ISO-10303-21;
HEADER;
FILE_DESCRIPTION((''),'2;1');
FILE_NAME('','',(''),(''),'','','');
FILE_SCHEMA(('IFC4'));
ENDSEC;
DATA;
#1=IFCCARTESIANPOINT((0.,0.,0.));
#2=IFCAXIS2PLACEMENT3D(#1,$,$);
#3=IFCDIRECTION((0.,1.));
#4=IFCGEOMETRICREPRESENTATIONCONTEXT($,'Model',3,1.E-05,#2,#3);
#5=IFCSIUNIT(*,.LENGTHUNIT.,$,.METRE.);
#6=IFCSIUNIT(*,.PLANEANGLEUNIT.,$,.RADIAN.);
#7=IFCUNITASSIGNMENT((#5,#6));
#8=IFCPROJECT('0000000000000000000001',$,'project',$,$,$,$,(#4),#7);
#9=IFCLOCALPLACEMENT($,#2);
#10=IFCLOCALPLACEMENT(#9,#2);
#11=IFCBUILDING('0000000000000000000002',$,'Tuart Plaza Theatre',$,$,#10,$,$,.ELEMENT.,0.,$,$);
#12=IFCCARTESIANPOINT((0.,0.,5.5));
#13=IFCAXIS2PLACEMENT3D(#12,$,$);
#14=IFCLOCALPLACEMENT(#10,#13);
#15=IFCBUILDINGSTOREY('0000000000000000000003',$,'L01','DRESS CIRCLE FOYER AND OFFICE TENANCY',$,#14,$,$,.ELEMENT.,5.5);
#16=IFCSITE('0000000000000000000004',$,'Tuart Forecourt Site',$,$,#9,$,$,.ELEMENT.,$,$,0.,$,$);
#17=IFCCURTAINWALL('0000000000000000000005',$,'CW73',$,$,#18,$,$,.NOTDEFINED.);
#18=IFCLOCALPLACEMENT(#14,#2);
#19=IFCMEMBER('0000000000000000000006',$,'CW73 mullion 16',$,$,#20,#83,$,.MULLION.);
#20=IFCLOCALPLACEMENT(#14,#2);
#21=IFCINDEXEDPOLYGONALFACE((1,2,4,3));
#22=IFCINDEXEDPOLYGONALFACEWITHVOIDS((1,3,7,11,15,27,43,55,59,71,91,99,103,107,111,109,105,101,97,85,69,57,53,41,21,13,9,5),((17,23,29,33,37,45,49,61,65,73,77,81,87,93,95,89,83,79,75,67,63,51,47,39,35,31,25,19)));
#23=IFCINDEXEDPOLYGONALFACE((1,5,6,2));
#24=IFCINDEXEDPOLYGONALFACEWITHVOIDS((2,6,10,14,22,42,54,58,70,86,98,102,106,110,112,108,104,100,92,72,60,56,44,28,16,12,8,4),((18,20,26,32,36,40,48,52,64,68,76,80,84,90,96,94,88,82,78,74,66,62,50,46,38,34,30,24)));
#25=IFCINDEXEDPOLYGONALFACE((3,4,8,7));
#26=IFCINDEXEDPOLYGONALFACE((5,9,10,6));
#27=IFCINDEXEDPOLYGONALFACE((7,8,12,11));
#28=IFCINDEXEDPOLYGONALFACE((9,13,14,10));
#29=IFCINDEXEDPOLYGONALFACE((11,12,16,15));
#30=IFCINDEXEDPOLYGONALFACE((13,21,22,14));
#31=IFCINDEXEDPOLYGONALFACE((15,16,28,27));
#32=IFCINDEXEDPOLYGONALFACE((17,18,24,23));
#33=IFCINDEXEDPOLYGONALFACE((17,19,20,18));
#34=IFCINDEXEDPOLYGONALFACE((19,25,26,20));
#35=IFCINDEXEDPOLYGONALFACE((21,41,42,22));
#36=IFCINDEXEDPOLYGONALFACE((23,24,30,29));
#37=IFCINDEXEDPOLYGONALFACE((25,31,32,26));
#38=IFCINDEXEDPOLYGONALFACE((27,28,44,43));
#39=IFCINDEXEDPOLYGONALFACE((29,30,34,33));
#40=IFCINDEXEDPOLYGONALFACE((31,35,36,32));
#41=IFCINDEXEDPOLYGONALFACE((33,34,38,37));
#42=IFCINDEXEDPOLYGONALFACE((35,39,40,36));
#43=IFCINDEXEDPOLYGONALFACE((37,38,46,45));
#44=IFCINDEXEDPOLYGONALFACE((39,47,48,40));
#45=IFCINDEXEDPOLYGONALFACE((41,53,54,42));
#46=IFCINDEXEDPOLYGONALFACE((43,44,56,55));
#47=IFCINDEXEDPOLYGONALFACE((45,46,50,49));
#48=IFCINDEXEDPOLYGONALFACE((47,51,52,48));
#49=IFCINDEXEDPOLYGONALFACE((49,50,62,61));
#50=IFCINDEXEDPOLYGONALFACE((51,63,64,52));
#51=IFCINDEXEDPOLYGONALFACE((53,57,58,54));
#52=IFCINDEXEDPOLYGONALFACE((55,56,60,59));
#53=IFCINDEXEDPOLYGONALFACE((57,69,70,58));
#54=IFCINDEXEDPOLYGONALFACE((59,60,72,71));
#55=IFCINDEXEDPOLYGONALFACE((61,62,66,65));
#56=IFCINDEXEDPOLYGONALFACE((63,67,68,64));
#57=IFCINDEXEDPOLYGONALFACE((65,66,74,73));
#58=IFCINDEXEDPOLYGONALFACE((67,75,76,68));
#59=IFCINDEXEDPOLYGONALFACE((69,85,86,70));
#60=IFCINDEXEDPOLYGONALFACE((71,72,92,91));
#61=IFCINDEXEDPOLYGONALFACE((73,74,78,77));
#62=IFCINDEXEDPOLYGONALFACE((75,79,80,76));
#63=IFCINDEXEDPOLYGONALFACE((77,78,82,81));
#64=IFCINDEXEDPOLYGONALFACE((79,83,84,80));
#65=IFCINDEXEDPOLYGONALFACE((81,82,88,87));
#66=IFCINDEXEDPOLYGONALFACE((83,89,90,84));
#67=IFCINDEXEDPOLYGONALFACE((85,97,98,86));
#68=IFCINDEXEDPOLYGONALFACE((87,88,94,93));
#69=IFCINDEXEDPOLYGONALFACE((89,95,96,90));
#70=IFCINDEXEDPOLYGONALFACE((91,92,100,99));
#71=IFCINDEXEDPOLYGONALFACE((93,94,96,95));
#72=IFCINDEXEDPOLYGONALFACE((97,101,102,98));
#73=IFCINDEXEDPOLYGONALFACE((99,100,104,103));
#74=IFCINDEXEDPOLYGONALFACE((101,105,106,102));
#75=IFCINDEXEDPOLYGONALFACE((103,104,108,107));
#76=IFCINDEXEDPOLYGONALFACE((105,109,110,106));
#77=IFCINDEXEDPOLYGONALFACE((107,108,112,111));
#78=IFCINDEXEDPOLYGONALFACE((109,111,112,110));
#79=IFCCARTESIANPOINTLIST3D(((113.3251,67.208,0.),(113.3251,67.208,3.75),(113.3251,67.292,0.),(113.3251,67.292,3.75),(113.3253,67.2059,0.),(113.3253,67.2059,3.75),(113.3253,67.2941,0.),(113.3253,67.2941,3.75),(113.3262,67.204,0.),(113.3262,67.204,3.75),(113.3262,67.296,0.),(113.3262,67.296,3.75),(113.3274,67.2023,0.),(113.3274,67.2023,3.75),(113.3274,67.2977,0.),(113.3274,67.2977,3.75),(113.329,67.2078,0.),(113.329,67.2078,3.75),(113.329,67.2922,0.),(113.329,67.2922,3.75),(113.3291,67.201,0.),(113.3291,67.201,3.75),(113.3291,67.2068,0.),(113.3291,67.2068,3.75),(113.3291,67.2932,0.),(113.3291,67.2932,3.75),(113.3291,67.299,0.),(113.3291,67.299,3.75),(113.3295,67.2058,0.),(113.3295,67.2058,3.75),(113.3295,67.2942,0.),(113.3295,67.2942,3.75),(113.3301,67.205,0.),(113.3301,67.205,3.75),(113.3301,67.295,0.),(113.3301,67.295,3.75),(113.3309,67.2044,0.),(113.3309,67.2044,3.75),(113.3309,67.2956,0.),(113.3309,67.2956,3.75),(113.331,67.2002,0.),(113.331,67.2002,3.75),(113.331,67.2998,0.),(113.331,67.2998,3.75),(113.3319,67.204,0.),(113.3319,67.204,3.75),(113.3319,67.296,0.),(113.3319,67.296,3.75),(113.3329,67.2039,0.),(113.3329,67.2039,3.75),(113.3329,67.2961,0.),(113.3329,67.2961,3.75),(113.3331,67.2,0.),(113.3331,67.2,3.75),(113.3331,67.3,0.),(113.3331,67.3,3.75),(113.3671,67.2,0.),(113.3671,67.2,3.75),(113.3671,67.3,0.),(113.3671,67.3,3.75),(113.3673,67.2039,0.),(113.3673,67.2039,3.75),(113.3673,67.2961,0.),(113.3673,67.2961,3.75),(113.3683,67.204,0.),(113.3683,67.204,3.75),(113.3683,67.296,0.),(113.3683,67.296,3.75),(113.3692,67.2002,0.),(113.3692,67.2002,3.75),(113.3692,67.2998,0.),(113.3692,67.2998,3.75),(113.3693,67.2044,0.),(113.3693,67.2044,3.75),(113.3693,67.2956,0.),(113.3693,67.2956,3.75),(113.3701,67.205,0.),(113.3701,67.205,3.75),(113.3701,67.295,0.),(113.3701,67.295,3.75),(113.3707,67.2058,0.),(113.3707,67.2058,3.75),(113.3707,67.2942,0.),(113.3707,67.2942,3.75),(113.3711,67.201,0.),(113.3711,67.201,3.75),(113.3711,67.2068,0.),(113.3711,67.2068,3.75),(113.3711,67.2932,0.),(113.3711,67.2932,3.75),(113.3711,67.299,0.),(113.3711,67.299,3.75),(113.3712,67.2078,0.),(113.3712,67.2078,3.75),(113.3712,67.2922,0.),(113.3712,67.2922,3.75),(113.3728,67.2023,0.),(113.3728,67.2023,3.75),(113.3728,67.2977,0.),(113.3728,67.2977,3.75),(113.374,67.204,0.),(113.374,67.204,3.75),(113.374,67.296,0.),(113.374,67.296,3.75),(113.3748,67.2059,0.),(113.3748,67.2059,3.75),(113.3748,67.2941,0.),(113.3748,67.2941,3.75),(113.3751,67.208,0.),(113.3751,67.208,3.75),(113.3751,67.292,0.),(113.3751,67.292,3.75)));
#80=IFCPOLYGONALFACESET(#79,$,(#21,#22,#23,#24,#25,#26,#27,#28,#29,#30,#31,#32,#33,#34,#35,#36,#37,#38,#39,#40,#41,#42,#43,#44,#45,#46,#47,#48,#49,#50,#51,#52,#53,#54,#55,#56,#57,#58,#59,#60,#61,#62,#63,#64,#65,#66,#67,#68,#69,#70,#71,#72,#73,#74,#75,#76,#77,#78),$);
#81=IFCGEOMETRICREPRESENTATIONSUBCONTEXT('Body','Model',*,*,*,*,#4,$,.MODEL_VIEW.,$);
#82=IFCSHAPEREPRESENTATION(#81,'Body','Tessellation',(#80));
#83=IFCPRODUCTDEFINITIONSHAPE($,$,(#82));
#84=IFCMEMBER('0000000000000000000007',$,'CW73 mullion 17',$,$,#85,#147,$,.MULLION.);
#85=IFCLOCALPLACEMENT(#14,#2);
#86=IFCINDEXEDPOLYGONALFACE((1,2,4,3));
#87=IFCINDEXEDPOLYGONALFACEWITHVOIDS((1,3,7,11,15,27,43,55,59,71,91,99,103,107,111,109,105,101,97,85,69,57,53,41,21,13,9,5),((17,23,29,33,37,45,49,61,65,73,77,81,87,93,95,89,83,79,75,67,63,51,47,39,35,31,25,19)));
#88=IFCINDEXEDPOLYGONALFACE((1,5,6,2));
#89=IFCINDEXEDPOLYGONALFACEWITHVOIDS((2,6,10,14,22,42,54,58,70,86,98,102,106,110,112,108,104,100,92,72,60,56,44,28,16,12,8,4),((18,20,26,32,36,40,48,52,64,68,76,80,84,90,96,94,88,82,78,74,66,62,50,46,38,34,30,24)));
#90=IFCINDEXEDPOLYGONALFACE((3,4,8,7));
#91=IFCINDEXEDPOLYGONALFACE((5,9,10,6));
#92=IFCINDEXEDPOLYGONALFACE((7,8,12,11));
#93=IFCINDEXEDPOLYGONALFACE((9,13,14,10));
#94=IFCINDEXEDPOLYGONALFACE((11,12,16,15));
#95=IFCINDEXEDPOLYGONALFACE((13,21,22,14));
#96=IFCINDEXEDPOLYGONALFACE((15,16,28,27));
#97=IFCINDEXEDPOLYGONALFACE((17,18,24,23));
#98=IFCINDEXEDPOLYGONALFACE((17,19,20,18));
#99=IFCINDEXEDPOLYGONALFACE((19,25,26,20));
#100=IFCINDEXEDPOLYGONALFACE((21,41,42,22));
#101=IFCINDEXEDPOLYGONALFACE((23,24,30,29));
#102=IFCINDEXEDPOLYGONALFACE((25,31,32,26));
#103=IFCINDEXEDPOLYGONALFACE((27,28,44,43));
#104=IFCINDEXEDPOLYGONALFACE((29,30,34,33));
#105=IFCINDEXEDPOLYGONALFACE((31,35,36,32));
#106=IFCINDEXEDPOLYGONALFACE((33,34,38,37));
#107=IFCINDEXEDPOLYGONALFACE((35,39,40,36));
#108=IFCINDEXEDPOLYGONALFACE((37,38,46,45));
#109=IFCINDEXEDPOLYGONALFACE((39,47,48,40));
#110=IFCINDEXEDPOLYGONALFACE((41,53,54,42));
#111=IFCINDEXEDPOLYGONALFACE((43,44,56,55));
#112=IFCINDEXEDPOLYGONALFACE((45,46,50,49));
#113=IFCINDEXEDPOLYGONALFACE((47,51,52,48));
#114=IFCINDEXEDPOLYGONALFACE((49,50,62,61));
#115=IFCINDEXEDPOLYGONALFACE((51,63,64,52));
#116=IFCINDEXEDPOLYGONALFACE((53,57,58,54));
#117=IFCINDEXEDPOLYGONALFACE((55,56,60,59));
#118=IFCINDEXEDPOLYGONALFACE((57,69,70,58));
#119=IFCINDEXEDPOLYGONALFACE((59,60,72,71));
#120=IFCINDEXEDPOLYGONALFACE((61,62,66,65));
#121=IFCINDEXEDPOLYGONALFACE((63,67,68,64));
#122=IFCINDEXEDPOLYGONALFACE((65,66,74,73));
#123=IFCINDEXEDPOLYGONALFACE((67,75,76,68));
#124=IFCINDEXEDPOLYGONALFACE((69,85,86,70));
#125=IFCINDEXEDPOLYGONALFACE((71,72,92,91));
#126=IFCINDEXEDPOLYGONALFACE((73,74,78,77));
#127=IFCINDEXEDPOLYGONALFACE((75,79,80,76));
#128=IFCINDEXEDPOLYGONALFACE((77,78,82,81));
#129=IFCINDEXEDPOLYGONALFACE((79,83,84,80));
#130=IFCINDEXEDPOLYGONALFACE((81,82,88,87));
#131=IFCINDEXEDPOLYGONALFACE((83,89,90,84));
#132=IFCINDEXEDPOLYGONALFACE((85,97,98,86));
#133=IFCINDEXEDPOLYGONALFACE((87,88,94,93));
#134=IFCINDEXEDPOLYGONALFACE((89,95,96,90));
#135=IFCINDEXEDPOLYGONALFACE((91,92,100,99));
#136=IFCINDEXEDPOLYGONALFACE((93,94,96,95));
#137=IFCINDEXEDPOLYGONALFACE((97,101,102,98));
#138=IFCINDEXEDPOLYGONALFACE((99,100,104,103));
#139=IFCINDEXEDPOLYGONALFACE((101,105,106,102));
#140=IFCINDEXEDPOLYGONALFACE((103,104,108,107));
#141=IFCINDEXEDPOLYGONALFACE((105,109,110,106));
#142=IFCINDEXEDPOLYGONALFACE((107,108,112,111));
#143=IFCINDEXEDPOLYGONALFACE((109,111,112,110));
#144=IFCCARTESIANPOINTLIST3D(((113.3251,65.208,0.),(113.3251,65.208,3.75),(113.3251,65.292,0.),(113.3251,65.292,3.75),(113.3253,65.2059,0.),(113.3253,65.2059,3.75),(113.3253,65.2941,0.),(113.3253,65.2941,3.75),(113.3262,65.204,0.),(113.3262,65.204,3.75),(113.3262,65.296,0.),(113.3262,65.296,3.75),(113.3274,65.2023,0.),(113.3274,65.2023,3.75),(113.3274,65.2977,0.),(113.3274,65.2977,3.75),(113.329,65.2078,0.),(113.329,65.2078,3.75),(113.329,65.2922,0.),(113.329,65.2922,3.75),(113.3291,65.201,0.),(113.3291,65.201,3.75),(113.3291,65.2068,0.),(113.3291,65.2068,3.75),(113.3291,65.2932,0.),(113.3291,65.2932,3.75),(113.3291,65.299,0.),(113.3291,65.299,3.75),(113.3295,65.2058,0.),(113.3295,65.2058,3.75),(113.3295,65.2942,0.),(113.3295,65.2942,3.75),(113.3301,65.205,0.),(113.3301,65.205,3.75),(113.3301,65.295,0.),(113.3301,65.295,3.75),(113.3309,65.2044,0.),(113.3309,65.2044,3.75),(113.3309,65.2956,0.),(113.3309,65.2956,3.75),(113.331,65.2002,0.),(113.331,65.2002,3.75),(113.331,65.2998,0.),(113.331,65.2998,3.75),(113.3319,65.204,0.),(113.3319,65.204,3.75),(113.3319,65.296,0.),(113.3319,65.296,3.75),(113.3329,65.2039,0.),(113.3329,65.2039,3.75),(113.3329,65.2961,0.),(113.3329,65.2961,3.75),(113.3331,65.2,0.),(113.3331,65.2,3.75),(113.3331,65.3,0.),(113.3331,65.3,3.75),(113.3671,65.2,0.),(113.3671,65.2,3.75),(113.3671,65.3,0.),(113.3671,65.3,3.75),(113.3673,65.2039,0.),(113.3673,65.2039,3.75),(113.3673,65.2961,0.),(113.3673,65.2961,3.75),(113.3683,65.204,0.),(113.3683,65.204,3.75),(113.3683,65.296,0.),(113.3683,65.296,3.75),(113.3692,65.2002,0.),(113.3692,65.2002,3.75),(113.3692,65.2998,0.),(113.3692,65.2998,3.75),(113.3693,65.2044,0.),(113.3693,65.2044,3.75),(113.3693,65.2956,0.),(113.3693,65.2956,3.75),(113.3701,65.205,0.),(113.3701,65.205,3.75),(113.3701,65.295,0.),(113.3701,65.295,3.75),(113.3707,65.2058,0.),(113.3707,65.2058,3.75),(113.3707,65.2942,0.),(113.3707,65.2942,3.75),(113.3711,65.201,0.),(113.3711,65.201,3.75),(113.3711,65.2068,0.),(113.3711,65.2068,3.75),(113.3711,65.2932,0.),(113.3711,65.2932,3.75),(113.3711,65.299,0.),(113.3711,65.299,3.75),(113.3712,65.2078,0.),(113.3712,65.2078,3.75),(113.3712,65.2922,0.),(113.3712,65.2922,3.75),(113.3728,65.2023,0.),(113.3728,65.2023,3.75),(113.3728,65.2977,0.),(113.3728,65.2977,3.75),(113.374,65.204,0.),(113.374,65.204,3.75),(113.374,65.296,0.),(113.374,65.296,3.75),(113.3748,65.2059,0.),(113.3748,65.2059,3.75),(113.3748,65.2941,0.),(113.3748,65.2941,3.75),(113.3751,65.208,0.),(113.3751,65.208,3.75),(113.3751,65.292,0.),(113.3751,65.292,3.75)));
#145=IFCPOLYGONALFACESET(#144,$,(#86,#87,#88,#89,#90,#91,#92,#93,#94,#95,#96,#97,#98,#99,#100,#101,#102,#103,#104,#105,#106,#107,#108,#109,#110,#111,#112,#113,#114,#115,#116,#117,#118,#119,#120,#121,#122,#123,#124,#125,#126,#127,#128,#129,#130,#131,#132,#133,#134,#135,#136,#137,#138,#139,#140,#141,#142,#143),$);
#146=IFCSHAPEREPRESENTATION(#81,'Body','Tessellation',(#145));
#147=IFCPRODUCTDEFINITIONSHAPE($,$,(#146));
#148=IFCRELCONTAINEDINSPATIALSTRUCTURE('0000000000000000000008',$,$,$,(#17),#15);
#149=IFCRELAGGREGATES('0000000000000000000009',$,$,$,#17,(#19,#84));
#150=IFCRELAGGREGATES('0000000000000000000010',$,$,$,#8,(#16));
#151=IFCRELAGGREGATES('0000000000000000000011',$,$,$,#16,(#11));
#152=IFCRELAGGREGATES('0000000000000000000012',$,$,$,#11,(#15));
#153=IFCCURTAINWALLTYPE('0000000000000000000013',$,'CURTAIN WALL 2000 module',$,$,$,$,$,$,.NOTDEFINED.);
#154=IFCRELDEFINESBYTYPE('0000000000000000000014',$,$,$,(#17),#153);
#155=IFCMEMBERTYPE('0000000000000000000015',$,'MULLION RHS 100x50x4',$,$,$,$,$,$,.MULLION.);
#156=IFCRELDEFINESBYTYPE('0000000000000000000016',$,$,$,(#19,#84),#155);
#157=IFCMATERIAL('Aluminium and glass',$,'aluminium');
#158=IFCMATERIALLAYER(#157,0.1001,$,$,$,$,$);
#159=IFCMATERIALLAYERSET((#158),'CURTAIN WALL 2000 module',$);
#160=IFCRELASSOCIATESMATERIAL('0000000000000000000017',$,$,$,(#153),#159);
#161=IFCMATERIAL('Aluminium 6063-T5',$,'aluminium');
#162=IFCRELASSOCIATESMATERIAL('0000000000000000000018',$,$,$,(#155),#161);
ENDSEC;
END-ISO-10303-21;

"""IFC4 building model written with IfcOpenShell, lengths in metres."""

from ifc_helpers import new_model, si_unit, direction, frame, origin, origin_2d, place, context, subcontext, project, spatial, hollow_rectangle, extrude, material, layer, layer_set, material_profile, profile_set, type_object, element, aggregate, save


model = new_model("IFC4")

# Units and contexts
model_context = context("Model", 3, precision=1e-05, world=origin(), true_north=direction((0.0, 1.0)))
body_context = subcontext(model_context, "Body", "Model", "MODEL_VIEW")
ifc_project = project(units=[si_unit("LENGTHUNIT", "METRE"), si_unit("PLANEANGLEUNIT", "RADIAN")], contexts=[model_context])

# Site, building, storey
site_placement = place(None, origin())
site = spatial("IfcSite", under=ifc_project, at=site_placement, Name="Tuart Forecourt Site", CompositionType="ELEMENT", RefElevation=0.0)
building_placement = place(site_placement, origin())
building = spatial("IfcBuilding", under=site, at=building_placement, Name="Tuart Plaza Theatre", CompositionType="ELEMENT", ElevationOfRefHeight=0.0)
storey_placement = place(building_placement, frame((0.0, 0.0, 5.5)))
storey = spatial("IfcBuildingStorey", under=building, at=storey_placement, Name="L01", Description="DRESS CIRCLE FOYER AND OFFICE TENANCY", CompositionType="ELEMENT", Elevation=5.5)

# Curtain wall, members
ifc_material_1 = material(Name="Aluminium and glass", Category="aluminium")
ifc_layer_1 = layer(ifc_material_1, 0.1001)
ifc_layer_set_1 = layer_set([ifc_layer_1], Name="CURTAIN WALL 2000 module")
curtain_wall_type = type_object("IfcCurtainWallType", Name="CURTAIN WALL 2000 module", PredefinedType="NOTDEFINED", material=ifc_layer_set_1)
curtain_wall_placement = place(storey_placement, origin())
curtain_wall = element("IfcCurtainWall", 1, at=curtain_wall_placement, inside=storey, type_object=curtain_wall_type, Name="CW73", PredefinedType="NOTDEFINED")
ifc_material_2 = material(Name="Aluminium 6063-T5", Category="aluminium")
ifc_material_profile_1 = material_profile(ifc_material_2, hollow_rectangle(XDim=0.05, YDim=0.1001, WallThickness=0.0039, InnerFilletRadius=0.0039, OuterFilletRadius=0.0081, at=origin_2d()), Name="RHS 100x50x4")
ifc_profile_set_1 = profile_set([ifc_material_profile_1], Name="Aluminium 6063-T5")
member_type_1 = type_object("IfcMemberType", Name="MULLION RHS 100x50x4", PredefinedType="MULLION", material=ifc_profile_set_1)
member_1_placement = place(storey_placement, frame((113.3501, 67.25, 0.0), z_axis=(0.0, 0.0, 1.0), x_axis=(1.0, 0.0, 0.0)))
member_1 = element("IfcMember", 2, at=member_1_placement, type_object=member_type_1, Name="CW73 mullion 16", PredefinedType="MULLION", context=body_context, shape_type="SweptSolid", body=[
    extrude(hollow_rectangle(XDim=0.05, YDim=0.1001, WallThickness=0.0039, InnerFilletRadius=0.0039, OuterFilletRadius=0.0081, at=origin_2d()), origin(), (0.0, 0.0, 1.0), 3.75),
])
member_2_placement = place(storey_placement, frame((113.3501, 65.25, 0.0), z_axis=(0.0, 0.0, 1.0), x_axis=(1.0, 0.0, 0.0)))
member_2 = element("IfcMember", 3, at=member_2_placement, type_object=member_type_1, Name="CW73 mullion 17", PredefinedType="MULLION", context=body_context, shape_type="SweptSolid", body=[
    extrude(hollow_rectangle(XDim=0.05, YDim=0.1001, WallThickness=0.0039, InnerFilletRadius=0.0039, OuterFilletRadius=0.0081, at=origin_2d()), origin(), (0.0, 0.0, 1.0), 3.75),
])
aggregate(curtain_wall, [member_1, member_2])

save(model, "model.ifc")
